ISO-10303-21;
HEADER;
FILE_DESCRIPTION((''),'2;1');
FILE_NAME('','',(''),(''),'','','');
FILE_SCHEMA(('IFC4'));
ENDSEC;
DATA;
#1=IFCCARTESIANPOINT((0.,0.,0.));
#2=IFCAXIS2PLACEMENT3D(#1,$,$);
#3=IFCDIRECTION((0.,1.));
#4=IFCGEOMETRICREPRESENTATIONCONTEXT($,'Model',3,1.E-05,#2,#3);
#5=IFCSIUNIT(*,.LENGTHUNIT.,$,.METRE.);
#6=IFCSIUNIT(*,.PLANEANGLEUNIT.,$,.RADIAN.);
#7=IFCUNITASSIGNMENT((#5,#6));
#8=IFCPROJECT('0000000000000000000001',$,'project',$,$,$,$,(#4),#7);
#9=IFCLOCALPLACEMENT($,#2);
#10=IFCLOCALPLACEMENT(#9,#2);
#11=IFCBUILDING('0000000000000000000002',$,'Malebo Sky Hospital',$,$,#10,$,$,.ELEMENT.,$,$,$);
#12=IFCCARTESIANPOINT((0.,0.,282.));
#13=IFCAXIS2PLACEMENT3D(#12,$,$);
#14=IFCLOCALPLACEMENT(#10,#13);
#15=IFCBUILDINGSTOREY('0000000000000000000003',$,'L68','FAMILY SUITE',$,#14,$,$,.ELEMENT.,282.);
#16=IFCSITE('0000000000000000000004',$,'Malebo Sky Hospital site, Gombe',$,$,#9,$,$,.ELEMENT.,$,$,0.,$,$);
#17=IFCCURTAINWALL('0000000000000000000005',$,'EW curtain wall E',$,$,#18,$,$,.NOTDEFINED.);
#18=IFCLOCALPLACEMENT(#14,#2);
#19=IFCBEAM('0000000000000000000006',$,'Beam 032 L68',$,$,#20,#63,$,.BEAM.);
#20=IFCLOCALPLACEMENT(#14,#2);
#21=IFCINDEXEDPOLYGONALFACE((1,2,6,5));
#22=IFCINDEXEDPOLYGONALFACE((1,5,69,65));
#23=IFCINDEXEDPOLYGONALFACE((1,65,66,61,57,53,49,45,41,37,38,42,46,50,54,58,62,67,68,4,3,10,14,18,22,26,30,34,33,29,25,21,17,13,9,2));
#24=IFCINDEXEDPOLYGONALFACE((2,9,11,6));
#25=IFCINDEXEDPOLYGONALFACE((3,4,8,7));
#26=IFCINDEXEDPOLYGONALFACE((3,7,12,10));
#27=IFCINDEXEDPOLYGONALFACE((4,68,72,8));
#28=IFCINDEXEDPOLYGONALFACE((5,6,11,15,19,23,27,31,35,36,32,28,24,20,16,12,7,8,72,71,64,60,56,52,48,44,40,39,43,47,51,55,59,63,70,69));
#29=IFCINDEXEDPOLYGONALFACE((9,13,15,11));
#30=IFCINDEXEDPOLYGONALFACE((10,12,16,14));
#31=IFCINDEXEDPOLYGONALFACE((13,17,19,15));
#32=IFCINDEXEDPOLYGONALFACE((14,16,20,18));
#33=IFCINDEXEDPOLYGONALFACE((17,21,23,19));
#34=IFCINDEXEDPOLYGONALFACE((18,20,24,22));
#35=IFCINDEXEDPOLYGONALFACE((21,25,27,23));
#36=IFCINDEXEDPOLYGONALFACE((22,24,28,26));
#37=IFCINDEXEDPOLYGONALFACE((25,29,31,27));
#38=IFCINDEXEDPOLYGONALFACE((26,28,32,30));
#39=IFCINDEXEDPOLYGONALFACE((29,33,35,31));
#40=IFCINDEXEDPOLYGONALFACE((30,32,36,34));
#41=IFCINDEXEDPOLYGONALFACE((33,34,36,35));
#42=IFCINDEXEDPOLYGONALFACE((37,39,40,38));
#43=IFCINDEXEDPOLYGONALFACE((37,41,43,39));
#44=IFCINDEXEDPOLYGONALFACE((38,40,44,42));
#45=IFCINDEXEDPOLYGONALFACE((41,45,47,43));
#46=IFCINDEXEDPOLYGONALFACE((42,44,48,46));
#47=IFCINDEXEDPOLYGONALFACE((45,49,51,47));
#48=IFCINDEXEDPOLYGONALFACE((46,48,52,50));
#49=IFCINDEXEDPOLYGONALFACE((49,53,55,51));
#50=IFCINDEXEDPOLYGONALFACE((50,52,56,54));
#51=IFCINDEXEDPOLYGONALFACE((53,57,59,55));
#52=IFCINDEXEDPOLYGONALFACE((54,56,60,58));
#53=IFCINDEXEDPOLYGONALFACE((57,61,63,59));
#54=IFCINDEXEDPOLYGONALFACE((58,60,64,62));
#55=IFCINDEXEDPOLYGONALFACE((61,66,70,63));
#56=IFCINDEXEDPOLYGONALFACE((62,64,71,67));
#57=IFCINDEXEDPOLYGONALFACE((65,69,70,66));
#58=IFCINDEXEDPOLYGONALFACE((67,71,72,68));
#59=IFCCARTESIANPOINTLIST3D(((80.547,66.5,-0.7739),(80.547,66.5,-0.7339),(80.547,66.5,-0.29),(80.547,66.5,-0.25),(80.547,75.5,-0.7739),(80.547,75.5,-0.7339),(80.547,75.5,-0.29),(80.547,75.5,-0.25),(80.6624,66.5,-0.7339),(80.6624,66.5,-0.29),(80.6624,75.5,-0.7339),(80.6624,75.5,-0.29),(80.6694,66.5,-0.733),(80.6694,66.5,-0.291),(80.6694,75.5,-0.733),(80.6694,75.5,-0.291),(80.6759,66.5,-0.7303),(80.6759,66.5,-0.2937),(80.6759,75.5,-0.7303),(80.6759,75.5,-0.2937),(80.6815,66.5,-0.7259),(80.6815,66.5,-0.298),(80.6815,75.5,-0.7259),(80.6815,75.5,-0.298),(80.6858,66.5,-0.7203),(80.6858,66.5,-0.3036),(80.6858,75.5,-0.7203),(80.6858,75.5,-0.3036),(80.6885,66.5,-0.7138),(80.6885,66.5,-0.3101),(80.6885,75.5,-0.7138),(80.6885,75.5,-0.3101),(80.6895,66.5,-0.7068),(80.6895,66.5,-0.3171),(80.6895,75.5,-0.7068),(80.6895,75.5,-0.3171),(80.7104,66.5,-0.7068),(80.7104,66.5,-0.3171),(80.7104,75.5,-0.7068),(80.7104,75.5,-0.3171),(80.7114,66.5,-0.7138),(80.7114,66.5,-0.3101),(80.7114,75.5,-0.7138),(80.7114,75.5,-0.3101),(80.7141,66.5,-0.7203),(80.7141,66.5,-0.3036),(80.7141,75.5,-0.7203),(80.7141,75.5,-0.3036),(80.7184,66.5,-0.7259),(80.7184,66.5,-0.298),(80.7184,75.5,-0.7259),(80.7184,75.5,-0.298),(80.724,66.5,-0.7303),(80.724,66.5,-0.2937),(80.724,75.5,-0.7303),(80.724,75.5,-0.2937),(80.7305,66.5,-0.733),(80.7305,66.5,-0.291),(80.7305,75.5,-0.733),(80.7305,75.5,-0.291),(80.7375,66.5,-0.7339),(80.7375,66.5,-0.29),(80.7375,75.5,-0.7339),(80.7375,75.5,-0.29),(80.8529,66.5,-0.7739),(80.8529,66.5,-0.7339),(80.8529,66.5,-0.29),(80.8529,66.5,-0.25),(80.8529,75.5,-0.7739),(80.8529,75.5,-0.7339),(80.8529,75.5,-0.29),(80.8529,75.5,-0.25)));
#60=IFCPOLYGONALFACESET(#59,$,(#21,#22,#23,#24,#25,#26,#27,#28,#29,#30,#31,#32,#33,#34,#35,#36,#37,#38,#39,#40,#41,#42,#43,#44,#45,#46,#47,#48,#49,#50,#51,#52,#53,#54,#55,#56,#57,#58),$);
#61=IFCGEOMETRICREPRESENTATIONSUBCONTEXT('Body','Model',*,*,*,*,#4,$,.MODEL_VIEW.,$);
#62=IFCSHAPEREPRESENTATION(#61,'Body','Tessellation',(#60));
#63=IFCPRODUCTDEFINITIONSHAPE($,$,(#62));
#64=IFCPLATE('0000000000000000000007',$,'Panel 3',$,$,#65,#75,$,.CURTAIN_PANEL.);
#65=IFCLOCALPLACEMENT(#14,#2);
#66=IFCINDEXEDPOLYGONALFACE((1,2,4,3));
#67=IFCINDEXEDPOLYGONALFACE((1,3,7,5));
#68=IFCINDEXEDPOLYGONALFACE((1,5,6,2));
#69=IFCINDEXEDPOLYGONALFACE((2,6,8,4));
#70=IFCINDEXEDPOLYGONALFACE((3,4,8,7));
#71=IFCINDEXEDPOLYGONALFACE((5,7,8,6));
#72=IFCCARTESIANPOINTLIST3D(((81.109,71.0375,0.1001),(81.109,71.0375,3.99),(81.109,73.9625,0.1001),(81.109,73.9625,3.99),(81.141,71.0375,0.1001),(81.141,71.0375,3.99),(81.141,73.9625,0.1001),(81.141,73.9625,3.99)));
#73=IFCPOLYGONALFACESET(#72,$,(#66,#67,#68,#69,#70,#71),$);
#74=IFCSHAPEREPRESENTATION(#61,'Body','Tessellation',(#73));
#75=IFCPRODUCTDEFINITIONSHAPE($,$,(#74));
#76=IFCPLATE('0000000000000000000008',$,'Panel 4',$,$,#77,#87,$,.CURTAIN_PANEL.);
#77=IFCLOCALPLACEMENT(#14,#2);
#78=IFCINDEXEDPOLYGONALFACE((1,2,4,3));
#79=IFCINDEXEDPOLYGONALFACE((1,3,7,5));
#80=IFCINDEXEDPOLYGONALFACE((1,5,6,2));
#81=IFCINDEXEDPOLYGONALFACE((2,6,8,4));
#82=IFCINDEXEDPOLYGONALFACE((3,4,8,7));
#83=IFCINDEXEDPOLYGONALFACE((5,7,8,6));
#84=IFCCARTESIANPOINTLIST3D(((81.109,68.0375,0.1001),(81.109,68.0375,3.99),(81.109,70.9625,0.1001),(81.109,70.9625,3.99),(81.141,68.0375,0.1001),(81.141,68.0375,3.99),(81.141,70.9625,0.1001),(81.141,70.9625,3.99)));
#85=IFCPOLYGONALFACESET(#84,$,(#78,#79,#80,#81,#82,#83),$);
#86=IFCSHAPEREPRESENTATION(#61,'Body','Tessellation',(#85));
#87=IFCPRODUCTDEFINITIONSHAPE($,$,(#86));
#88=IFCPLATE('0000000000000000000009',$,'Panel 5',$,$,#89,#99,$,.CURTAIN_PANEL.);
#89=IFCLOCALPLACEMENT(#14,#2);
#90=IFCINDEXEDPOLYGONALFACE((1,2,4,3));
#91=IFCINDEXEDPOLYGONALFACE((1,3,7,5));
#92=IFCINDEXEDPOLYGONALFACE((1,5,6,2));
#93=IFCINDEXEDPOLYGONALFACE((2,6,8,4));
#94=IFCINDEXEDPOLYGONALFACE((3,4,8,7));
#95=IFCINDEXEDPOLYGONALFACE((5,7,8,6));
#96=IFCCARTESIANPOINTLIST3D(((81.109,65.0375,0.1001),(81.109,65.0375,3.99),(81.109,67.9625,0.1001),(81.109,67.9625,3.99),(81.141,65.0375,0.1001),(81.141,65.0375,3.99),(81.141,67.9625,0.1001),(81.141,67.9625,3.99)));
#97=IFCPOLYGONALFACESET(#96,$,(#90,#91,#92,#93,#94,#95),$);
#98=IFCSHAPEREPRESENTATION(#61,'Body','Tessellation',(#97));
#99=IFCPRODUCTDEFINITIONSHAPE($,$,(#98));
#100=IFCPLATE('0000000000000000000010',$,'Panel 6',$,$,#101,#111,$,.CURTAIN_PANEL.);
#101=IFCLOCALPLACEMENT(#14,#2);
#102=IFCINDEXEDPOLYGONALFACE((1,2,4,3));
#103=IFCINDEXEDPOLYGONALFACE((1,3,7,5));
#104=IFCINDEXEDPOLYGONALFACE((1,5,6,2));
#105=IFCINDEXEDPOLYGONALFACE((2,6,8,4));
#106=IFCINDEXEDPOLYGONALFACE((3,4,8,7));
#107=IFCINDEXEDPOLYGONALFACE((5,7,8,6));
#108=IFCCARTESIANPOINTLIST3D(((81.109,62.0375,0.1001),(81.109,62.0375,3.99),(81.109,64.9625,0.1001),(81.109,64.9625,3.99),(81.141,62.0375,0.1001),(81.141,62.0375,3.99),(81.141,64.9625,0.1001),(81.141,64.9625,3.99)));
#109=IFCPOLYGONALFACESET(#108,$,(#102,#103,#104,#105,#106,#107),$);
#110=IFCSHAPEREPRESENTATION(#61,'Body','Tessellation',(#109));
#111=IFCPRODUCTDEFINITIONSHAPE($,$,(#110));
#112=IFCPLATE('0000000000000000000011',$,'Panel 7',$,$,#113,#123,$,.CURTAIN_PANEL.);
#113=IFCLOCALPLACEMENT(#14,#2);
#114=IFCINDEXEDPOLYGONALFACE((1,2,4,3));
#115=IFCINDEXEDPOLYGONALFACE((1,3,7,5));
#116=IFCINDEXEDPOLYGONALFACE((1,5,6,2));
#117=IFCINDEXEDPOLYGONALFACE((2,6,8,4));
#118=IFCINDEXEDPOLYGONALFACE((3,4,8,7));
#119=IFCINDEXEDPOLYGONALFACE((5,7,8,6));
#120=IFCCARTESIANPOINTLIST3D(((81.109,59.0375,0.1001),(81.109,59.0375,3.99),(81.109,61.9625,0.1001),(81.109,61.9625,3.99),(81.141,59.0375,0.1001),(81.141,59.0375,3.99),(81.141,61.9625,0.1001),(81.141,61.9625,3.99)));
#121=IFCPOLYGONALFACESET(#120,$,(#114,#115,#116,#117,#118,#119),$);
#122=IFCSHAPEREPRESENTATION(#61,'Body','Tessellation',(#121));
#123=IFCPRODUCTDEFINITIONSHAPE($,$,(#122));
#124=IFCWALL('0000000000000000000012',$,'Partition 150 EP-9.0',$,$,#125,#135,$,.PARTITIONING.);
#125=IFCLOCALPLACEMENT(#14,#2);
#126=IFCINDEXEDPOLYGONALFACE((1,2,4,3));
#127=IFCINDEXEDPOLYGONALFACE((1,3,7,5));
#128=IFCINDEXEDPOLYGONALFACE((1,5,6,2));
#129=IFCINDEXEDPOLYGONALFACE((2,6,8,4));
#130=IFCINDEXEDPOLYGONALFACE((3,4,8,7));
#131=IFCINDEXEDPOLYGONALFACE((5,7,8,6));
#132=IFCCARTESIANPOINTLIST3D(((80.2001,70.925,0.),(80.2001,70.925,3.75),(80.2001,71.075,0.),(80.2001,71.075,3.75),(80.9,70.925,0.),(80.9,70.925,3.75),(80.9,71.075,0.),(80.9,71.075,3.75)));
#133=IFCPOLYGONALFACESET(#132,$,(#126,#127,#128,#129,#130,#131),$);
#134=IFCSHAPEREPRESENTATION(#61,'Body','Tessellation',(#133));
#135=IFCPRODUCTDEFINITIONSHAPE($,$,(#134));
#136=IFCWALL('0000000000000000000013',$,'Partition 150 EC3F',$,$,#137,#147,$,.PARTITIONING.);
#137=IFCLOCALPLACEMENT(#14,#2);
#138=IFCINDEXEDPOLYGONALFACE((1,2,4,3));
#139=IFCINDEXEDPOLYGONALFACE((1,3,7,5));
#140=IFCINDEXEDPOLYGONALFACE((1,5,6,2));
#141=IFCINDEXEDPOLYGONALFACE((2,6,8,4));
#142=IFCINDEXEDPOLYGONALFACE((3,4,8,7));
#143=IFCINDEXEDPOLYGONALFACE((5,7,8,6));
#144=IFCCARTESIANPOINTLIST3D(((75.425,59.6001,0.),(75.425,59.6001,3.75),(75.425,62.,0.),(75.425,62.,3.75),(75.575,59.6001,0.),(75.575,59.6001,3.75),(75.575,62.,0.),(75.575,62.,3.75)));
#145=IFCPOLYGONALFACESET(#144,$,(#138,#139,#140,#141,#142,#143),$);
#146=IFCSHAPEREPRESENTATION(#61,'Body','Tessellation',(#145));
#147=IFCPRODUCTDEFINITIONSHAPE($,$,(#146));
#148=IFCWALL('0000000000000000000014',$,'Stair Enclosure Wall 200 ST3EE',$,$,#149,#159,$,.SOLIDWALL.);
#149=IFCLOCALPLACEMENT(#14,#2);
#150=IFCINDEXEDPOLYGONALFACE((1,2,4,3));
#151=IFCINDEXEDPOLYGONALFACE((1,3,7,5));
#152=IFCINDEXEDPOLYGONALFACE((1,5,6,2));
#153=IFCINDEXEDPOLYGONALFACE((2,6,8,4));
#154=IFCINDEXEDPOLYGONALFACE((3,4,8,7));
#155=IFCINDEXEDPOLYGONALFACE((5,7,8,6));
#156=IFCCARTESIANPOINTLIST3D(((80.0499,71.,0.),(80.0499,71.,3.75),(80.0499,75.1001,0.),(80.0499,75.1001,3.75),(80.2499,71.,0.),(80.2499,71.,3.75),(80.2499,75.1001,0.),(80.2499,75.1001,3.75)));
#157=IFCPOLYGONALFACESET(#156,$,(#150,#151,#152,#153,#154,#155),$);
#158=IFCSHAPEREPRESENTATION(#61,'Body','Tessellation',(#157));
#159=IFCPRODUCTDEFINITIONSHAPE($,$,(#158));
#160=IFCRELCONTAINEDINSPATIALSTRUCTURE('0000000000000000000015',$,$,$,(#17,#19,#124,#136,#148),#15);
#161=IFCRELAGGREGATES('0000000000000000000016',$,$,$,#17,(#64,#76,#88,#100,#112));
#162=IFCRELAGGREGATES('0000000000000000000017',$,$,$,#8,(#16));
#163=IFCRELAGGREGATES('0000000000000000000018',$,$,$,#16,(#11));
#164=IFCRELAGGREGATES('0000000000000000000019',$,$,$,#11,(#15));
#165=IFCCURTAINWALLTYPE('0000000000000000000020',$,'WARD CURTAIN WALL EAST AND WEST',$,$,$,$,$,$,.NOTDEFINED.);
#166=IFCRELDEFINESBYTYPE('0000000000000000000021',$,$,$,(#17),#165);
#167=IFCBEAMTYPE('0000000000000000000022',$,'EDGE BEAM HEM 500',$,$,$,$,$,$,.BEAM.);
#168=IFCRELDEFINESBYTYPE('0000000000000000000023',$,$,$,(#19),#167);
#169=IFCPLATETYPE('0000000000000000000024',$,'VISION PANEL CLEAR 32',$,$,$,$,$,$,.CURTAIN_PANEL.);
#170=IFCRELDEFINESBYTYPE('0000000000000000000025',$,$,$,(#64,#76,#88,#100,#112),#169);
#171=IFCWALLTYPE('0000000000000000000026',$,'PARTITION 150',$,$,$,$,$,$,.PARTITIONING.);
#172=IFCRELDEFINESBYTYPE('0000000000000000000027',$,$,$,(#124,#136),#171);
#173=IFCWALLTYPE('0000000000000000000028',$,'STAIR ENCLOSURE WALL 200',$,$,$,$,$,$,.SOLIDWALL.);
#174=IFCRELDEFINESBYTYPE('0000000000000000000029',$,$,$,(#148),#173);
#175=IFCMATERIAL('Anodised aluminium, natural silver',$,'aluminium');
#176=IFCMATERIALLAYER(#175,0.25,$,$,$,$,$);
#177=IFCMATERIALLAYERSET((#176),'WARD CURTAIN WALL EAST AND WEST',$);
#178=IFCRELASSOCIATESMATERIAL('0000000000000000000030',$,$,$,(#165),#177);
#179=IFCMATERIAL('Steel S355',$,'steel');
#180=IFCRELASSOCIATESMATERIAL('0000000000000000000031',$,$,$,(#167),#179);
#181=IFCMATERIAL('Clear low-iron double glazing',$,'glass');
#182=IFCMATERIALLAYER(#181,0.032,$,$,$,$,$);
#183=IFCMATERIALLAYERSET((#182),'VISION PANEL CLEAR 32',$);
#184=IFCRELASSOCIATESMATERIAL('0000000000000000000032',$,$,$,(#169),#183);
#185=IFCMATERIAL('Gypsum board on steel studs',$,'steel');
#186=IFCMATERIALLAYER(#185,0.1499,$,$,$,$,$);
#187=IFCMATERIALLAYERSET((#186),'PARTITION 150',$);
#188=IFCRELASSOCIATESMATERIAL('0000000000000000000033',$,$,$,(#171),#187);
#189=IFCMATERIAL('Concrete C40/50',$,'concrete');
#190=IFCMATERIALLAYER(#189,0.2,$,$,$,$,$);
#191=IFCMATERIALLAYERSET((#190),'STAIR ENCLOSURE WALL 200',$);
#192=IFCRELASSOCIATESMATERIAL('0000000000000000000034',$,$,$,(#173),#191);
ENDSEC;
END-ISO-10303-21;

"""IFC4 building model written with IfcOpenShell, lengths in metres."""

from ifc_helpers import new_model, si_unit, direction, frame, frame_2d, origin, origin_2d, place, context, subcontext, project, spatial, rectangle, i_section, extrude, material, layer, layer_set, material_profile, profile_set, type_object, element, aggregate, save


model = new_model("IFC4")

# Units and contexts
model_context = context("Model", 3, precision=1e-05, world=origin(), true_north=direction((0.0, 1.0)))
body_context = subcontext(model_context, "Body", "Model", "MODEL_VIEW")
ifc_project = project(units=[si_unit("LENGTHUNIT", "METRE"), si_unit("PLANEANGLEUNIT", "RADIAN")], contexts=[model_context])

# Site, building, storey
site_placement = place(None, origin())
site = spatial("IfcSite", under=ifc_project, at=site_placement, Name="Malebo Sky Hospital site, Gombe", CompositionType="ELEMENT", RefElevation=0.0)
building_placement = place(site_placement, origin())
building = spatial("IfcBuilding", under=site, at=building_placement, Name="Malebo Sky Hospital", CompositionType="ELEMENT")
storey_placement = place(building_placement, frame((0.0, 0.0, 282.0)))
storey = spatial("IfcBuildingStorey", under=building, at=storey_placement, Name="L68", Description="FAMILY SUITE", CompositionType="ELEMENT", Elevation=282.0)

# Curtain wall
ifc_material_1 = material(Name="Anodised aluminium, natural silver", Category="aluminium")
ifc_layer_1 = layer(ifc_material_1, 0.25)
ifc_layer_set_1 = layer_set([ifc_layer_1], Name="WARD CURTAIN WALL EAST AND WEST")
curtain_wall_type = type_object("IfcCurtainWallType", Name="WARD CURTAIN WALL EAST AND WEST", PredefinedType="NOTDEFINED", material=ifc_layer_set_1)
curtain_wall_placement = place(storey_placement, origin())
curtain_wall = element("IfcCurtainWall", 1, at=curtain_wall_placement, inside=storey, type_object=curtain_wall_type, Name="EW curtain wall E", PredefinedType="NOTDEFINED")

# Shared definitions
ifc_material_2 = material(Name="Steel S355", Category="steel")

# Beam
ifc_material_profile_1 = material_profile(ifc_material_2, i_section(OverallWidth=0.3059, OverallDepth=0.5239, WebThickness=0.021, FlangeThickness=0.04, FilletRadius=0.0271, at=origin_2d()), Name="HEM 500")
ifc_profile_set_1 = profile_set([ifc_material_profile_1], Name="Steel S355")
beam_type = type_object("IfcBeamType", Name="EDGE BEAM HEM 500", PredefinedType="BEAM", material=ifc_profile_set_1)
beam_placement = place(storey_placement, frame((80.7, 66.5, -0.512), z_axis=(0.0, 1.0, 0.0), x_axis=(-1.0, 0.0, 0.0)))
element("IfcBeam", 2, at=beam_placement, inside=storey, type_object=beam_type, Name="Beam 032 L68", PredefinedType="BEAM", context=body_context, shape_type="SweptSolid", body=[
    extrude(i_section(OverallWidth=0.3059, OverallDepth=0.5239, WebThickness=0.021, FlangeThickness=0.04, FilletRadius=0.0271, at=origin_2d()), origin(), (0.0, 0.0, 1.0), 9.0),
])

# Plates
ifc_material_3 = material(Name="Clear low-iron double glazing", Category="glass")
ifc_layer_2 = layer(ifc_material_3, 0.032)
ifc_layer_set_2 = layer_set([ifc_layer_2], Name="VISION PANEL CLEAR 32")
plate_type = type_object("IfcPlateType", Name="VISION PANEL CLEAR 32", PredefinedType="CURTAIN_PANEL", material=ifc_layer_set_2)
plate_1_placement = place(storey_placement, frame((81.125, 72.5, 0.1001), z_axis=(0.0, 0.0, 1.0), x_axis=(0.0, -1.0, 0.0)))
plate_1 = element("IfcPlate", 3, at=plate_1_placement, type_object=plate_type, Name="Panel 3", PredefinedType="CURTAIN_PANEL", context=body_context, shape_type="SweptSolid", body=[
    extrude(rectangle(XDim=2.925, YDim=0.032, at=origin_2d()), origin(), (0.0, 0.0, 1.0), 3.8899),
])
plate_2_placement = place(storey_placement, frame((81.125, 69.5, 0.1001), z_axis=(0.0, 0.0, 1.0), x_axis=(0.0, -1.0, 0.0)))
plate_2 = element("IfcPlate", 4, at=plate_2_placement, type_object=plate_type, Name="Panel 4", PredefinedType="CURTAIN_PANEL", context=body_context, shape_type="SweptSolid", body=[
    extrude(rectangle(XDim=2.925, YDim=0.032, at=origin_2d()), origin(), (0.0, 0.0, 1.0), 3.8899),
])
plate_3_placement = place(storey_placement, frame((81.125, 66.5, 0.1001), z_axis=(0.0, 0.0, 1.0), x_axis=(0.0, -1.0, 0.0)))
plate_3 = element("IfcPlate", 5, at=plate_3_placement, type_object=plate_type, Name="Panel 5", PredefinedType="CURTAIN_PANEL", context=body_context, shape_type="SweptSolid", body=[
    extrude(rectangle(XDim=2.925, YDim=0.032, at=origin_2d()), origin(), (0.0, 0.0, 1.0), 3.8899),
])
plate_4_placement = place(storey_placement, frame((81.125, 63.5, 0.1001), z_axis=(0.0, 0.0, 1.0), x_axis=(0.0, -1.0, 0.0)))
plate_4 = element("IfcPlate", 6, at=plate_4_placement, type_object=plate_type, Name="Panel 6", PredefinedType="CURTAIN_PANEL", context=body_context, shape_type="SweptSolid", body=[
    extrude(rectangle(XDim=2.925, YDim=0.032, at=origin_2d()), origin(), (0.0, 0.0, 1.0), 3.8899),
])
plate_5_placement = place(storey_placement, frame((81.125, 60.5, 0.1001), z_axis=(0.0, 0.0, 1.0), x_axis=(0.0, -1.0, 0.0)))
plate_5 = element("IfcPlate", 7, at=plate_5_placement, type_object=plate_type, Name="Panel 7", PredefinedType="CURTAIN_PANEL", context=body_context, shape_type="SweptSolid", body=[
    extrude(rectangle(XDim=2.925, YDim=0.032, at=origin_2d()), origin(), (0.0, 0.0, 1.0), 3.8899),
])
aggregate(curtain_wall, [plate_1, plate_2, plate_3, plate_4, plate_5])

# Walls
ifc_material_4 = material(Name="Gypsum board on steel studs", Category="steel")
ifc_layer_3 = layer(ifc_material_4, 0.1499)
ifc_layer_set_3 = layer_set([ifc_layer_3], Name="PARTITION 150")
wall_type_1 = type_object("IfcWallType", Name="PARTITION 150", PredefinedType="PARTITIONING", material=ifc_layer_set_3)
wall_1_placement = place(storey_placement, frame((80.2, 71.0, 0.0), z_axis=(0.0, 0.0, 1.0), x_axis=(1.0, 0.0, 0.0)))
element("IfcWall", 8, at=wall_1_placement, inside=storey, type_object=wall_type_1, Name="Partition 150 EP-9.0", PredefinedType="PARTITIONING", context=body_context, shape_type="SweptSolid", body=[
    extrude(rectangle(XDim=0.7, YDim=0.1499, at=frame_2d((0.3501, 0.0))), origin(), (0.0, 0.0, 1.0), 3.75),
])
wall_2_placement = place(storey_placement, frame((75.5, 62.0, 0.0), z_axis=(0.0, 0.0, 1.0), x_axis=(0.0, -1.0, 0.0)))
element("IfcWall", 9, at=wall_2_placement, inside=storey, type_object=wall_type_1, Name="Partition 150 EC3F", PredefinedType="PARTITIONING", context=body_context, shape_type="SweptSolid", body=[
    extrude(rectangle(XDim=2.3999, YDim=0.1499, at=frame_2d((1.2, 0.0))), origin(), (0.0, 0.0, 1.0), 3.75),
])
ifc_material_5 = material(Name="Concrete C40/50", Category="concrete")
ifc_layer_4 = layer(ifc_material_5, 0.2)
ifc_layer_set_4 = layer_set([ifc_layer_4], Name="STAIR ENCLOSURE WALL 200")
wall_type_2 = type_object("IfcWallType", Name="STAIR ENCLOSURE WALL 200", PredefinedType="SOLIDWALL", material=ifc_layer_set_4)
wall_3_placement = place(storey_placement, frame((80.1499, 71.0, 0.0), z_axis=(0.0, 0.0, 1.0), x_axis=(0.0, 1.0, 0.0)))
element("IfcWall", 10, at=wall_3_placement, inside=storey, type_object=wall_type_2, Name="Stair Enclosure Wall 200 ST3EE", PredefinedType="SOLIDWALL", context=body_context, shape_type="SweptSolid", body=[
    extrude(rectangle(XDim=4.1001, YDim=0.2, at=frame_2d((2.05, 0.0))), origin(), (0.0, 0.0, 1.0), 3.75),
])

save(model, "model.ifc")
